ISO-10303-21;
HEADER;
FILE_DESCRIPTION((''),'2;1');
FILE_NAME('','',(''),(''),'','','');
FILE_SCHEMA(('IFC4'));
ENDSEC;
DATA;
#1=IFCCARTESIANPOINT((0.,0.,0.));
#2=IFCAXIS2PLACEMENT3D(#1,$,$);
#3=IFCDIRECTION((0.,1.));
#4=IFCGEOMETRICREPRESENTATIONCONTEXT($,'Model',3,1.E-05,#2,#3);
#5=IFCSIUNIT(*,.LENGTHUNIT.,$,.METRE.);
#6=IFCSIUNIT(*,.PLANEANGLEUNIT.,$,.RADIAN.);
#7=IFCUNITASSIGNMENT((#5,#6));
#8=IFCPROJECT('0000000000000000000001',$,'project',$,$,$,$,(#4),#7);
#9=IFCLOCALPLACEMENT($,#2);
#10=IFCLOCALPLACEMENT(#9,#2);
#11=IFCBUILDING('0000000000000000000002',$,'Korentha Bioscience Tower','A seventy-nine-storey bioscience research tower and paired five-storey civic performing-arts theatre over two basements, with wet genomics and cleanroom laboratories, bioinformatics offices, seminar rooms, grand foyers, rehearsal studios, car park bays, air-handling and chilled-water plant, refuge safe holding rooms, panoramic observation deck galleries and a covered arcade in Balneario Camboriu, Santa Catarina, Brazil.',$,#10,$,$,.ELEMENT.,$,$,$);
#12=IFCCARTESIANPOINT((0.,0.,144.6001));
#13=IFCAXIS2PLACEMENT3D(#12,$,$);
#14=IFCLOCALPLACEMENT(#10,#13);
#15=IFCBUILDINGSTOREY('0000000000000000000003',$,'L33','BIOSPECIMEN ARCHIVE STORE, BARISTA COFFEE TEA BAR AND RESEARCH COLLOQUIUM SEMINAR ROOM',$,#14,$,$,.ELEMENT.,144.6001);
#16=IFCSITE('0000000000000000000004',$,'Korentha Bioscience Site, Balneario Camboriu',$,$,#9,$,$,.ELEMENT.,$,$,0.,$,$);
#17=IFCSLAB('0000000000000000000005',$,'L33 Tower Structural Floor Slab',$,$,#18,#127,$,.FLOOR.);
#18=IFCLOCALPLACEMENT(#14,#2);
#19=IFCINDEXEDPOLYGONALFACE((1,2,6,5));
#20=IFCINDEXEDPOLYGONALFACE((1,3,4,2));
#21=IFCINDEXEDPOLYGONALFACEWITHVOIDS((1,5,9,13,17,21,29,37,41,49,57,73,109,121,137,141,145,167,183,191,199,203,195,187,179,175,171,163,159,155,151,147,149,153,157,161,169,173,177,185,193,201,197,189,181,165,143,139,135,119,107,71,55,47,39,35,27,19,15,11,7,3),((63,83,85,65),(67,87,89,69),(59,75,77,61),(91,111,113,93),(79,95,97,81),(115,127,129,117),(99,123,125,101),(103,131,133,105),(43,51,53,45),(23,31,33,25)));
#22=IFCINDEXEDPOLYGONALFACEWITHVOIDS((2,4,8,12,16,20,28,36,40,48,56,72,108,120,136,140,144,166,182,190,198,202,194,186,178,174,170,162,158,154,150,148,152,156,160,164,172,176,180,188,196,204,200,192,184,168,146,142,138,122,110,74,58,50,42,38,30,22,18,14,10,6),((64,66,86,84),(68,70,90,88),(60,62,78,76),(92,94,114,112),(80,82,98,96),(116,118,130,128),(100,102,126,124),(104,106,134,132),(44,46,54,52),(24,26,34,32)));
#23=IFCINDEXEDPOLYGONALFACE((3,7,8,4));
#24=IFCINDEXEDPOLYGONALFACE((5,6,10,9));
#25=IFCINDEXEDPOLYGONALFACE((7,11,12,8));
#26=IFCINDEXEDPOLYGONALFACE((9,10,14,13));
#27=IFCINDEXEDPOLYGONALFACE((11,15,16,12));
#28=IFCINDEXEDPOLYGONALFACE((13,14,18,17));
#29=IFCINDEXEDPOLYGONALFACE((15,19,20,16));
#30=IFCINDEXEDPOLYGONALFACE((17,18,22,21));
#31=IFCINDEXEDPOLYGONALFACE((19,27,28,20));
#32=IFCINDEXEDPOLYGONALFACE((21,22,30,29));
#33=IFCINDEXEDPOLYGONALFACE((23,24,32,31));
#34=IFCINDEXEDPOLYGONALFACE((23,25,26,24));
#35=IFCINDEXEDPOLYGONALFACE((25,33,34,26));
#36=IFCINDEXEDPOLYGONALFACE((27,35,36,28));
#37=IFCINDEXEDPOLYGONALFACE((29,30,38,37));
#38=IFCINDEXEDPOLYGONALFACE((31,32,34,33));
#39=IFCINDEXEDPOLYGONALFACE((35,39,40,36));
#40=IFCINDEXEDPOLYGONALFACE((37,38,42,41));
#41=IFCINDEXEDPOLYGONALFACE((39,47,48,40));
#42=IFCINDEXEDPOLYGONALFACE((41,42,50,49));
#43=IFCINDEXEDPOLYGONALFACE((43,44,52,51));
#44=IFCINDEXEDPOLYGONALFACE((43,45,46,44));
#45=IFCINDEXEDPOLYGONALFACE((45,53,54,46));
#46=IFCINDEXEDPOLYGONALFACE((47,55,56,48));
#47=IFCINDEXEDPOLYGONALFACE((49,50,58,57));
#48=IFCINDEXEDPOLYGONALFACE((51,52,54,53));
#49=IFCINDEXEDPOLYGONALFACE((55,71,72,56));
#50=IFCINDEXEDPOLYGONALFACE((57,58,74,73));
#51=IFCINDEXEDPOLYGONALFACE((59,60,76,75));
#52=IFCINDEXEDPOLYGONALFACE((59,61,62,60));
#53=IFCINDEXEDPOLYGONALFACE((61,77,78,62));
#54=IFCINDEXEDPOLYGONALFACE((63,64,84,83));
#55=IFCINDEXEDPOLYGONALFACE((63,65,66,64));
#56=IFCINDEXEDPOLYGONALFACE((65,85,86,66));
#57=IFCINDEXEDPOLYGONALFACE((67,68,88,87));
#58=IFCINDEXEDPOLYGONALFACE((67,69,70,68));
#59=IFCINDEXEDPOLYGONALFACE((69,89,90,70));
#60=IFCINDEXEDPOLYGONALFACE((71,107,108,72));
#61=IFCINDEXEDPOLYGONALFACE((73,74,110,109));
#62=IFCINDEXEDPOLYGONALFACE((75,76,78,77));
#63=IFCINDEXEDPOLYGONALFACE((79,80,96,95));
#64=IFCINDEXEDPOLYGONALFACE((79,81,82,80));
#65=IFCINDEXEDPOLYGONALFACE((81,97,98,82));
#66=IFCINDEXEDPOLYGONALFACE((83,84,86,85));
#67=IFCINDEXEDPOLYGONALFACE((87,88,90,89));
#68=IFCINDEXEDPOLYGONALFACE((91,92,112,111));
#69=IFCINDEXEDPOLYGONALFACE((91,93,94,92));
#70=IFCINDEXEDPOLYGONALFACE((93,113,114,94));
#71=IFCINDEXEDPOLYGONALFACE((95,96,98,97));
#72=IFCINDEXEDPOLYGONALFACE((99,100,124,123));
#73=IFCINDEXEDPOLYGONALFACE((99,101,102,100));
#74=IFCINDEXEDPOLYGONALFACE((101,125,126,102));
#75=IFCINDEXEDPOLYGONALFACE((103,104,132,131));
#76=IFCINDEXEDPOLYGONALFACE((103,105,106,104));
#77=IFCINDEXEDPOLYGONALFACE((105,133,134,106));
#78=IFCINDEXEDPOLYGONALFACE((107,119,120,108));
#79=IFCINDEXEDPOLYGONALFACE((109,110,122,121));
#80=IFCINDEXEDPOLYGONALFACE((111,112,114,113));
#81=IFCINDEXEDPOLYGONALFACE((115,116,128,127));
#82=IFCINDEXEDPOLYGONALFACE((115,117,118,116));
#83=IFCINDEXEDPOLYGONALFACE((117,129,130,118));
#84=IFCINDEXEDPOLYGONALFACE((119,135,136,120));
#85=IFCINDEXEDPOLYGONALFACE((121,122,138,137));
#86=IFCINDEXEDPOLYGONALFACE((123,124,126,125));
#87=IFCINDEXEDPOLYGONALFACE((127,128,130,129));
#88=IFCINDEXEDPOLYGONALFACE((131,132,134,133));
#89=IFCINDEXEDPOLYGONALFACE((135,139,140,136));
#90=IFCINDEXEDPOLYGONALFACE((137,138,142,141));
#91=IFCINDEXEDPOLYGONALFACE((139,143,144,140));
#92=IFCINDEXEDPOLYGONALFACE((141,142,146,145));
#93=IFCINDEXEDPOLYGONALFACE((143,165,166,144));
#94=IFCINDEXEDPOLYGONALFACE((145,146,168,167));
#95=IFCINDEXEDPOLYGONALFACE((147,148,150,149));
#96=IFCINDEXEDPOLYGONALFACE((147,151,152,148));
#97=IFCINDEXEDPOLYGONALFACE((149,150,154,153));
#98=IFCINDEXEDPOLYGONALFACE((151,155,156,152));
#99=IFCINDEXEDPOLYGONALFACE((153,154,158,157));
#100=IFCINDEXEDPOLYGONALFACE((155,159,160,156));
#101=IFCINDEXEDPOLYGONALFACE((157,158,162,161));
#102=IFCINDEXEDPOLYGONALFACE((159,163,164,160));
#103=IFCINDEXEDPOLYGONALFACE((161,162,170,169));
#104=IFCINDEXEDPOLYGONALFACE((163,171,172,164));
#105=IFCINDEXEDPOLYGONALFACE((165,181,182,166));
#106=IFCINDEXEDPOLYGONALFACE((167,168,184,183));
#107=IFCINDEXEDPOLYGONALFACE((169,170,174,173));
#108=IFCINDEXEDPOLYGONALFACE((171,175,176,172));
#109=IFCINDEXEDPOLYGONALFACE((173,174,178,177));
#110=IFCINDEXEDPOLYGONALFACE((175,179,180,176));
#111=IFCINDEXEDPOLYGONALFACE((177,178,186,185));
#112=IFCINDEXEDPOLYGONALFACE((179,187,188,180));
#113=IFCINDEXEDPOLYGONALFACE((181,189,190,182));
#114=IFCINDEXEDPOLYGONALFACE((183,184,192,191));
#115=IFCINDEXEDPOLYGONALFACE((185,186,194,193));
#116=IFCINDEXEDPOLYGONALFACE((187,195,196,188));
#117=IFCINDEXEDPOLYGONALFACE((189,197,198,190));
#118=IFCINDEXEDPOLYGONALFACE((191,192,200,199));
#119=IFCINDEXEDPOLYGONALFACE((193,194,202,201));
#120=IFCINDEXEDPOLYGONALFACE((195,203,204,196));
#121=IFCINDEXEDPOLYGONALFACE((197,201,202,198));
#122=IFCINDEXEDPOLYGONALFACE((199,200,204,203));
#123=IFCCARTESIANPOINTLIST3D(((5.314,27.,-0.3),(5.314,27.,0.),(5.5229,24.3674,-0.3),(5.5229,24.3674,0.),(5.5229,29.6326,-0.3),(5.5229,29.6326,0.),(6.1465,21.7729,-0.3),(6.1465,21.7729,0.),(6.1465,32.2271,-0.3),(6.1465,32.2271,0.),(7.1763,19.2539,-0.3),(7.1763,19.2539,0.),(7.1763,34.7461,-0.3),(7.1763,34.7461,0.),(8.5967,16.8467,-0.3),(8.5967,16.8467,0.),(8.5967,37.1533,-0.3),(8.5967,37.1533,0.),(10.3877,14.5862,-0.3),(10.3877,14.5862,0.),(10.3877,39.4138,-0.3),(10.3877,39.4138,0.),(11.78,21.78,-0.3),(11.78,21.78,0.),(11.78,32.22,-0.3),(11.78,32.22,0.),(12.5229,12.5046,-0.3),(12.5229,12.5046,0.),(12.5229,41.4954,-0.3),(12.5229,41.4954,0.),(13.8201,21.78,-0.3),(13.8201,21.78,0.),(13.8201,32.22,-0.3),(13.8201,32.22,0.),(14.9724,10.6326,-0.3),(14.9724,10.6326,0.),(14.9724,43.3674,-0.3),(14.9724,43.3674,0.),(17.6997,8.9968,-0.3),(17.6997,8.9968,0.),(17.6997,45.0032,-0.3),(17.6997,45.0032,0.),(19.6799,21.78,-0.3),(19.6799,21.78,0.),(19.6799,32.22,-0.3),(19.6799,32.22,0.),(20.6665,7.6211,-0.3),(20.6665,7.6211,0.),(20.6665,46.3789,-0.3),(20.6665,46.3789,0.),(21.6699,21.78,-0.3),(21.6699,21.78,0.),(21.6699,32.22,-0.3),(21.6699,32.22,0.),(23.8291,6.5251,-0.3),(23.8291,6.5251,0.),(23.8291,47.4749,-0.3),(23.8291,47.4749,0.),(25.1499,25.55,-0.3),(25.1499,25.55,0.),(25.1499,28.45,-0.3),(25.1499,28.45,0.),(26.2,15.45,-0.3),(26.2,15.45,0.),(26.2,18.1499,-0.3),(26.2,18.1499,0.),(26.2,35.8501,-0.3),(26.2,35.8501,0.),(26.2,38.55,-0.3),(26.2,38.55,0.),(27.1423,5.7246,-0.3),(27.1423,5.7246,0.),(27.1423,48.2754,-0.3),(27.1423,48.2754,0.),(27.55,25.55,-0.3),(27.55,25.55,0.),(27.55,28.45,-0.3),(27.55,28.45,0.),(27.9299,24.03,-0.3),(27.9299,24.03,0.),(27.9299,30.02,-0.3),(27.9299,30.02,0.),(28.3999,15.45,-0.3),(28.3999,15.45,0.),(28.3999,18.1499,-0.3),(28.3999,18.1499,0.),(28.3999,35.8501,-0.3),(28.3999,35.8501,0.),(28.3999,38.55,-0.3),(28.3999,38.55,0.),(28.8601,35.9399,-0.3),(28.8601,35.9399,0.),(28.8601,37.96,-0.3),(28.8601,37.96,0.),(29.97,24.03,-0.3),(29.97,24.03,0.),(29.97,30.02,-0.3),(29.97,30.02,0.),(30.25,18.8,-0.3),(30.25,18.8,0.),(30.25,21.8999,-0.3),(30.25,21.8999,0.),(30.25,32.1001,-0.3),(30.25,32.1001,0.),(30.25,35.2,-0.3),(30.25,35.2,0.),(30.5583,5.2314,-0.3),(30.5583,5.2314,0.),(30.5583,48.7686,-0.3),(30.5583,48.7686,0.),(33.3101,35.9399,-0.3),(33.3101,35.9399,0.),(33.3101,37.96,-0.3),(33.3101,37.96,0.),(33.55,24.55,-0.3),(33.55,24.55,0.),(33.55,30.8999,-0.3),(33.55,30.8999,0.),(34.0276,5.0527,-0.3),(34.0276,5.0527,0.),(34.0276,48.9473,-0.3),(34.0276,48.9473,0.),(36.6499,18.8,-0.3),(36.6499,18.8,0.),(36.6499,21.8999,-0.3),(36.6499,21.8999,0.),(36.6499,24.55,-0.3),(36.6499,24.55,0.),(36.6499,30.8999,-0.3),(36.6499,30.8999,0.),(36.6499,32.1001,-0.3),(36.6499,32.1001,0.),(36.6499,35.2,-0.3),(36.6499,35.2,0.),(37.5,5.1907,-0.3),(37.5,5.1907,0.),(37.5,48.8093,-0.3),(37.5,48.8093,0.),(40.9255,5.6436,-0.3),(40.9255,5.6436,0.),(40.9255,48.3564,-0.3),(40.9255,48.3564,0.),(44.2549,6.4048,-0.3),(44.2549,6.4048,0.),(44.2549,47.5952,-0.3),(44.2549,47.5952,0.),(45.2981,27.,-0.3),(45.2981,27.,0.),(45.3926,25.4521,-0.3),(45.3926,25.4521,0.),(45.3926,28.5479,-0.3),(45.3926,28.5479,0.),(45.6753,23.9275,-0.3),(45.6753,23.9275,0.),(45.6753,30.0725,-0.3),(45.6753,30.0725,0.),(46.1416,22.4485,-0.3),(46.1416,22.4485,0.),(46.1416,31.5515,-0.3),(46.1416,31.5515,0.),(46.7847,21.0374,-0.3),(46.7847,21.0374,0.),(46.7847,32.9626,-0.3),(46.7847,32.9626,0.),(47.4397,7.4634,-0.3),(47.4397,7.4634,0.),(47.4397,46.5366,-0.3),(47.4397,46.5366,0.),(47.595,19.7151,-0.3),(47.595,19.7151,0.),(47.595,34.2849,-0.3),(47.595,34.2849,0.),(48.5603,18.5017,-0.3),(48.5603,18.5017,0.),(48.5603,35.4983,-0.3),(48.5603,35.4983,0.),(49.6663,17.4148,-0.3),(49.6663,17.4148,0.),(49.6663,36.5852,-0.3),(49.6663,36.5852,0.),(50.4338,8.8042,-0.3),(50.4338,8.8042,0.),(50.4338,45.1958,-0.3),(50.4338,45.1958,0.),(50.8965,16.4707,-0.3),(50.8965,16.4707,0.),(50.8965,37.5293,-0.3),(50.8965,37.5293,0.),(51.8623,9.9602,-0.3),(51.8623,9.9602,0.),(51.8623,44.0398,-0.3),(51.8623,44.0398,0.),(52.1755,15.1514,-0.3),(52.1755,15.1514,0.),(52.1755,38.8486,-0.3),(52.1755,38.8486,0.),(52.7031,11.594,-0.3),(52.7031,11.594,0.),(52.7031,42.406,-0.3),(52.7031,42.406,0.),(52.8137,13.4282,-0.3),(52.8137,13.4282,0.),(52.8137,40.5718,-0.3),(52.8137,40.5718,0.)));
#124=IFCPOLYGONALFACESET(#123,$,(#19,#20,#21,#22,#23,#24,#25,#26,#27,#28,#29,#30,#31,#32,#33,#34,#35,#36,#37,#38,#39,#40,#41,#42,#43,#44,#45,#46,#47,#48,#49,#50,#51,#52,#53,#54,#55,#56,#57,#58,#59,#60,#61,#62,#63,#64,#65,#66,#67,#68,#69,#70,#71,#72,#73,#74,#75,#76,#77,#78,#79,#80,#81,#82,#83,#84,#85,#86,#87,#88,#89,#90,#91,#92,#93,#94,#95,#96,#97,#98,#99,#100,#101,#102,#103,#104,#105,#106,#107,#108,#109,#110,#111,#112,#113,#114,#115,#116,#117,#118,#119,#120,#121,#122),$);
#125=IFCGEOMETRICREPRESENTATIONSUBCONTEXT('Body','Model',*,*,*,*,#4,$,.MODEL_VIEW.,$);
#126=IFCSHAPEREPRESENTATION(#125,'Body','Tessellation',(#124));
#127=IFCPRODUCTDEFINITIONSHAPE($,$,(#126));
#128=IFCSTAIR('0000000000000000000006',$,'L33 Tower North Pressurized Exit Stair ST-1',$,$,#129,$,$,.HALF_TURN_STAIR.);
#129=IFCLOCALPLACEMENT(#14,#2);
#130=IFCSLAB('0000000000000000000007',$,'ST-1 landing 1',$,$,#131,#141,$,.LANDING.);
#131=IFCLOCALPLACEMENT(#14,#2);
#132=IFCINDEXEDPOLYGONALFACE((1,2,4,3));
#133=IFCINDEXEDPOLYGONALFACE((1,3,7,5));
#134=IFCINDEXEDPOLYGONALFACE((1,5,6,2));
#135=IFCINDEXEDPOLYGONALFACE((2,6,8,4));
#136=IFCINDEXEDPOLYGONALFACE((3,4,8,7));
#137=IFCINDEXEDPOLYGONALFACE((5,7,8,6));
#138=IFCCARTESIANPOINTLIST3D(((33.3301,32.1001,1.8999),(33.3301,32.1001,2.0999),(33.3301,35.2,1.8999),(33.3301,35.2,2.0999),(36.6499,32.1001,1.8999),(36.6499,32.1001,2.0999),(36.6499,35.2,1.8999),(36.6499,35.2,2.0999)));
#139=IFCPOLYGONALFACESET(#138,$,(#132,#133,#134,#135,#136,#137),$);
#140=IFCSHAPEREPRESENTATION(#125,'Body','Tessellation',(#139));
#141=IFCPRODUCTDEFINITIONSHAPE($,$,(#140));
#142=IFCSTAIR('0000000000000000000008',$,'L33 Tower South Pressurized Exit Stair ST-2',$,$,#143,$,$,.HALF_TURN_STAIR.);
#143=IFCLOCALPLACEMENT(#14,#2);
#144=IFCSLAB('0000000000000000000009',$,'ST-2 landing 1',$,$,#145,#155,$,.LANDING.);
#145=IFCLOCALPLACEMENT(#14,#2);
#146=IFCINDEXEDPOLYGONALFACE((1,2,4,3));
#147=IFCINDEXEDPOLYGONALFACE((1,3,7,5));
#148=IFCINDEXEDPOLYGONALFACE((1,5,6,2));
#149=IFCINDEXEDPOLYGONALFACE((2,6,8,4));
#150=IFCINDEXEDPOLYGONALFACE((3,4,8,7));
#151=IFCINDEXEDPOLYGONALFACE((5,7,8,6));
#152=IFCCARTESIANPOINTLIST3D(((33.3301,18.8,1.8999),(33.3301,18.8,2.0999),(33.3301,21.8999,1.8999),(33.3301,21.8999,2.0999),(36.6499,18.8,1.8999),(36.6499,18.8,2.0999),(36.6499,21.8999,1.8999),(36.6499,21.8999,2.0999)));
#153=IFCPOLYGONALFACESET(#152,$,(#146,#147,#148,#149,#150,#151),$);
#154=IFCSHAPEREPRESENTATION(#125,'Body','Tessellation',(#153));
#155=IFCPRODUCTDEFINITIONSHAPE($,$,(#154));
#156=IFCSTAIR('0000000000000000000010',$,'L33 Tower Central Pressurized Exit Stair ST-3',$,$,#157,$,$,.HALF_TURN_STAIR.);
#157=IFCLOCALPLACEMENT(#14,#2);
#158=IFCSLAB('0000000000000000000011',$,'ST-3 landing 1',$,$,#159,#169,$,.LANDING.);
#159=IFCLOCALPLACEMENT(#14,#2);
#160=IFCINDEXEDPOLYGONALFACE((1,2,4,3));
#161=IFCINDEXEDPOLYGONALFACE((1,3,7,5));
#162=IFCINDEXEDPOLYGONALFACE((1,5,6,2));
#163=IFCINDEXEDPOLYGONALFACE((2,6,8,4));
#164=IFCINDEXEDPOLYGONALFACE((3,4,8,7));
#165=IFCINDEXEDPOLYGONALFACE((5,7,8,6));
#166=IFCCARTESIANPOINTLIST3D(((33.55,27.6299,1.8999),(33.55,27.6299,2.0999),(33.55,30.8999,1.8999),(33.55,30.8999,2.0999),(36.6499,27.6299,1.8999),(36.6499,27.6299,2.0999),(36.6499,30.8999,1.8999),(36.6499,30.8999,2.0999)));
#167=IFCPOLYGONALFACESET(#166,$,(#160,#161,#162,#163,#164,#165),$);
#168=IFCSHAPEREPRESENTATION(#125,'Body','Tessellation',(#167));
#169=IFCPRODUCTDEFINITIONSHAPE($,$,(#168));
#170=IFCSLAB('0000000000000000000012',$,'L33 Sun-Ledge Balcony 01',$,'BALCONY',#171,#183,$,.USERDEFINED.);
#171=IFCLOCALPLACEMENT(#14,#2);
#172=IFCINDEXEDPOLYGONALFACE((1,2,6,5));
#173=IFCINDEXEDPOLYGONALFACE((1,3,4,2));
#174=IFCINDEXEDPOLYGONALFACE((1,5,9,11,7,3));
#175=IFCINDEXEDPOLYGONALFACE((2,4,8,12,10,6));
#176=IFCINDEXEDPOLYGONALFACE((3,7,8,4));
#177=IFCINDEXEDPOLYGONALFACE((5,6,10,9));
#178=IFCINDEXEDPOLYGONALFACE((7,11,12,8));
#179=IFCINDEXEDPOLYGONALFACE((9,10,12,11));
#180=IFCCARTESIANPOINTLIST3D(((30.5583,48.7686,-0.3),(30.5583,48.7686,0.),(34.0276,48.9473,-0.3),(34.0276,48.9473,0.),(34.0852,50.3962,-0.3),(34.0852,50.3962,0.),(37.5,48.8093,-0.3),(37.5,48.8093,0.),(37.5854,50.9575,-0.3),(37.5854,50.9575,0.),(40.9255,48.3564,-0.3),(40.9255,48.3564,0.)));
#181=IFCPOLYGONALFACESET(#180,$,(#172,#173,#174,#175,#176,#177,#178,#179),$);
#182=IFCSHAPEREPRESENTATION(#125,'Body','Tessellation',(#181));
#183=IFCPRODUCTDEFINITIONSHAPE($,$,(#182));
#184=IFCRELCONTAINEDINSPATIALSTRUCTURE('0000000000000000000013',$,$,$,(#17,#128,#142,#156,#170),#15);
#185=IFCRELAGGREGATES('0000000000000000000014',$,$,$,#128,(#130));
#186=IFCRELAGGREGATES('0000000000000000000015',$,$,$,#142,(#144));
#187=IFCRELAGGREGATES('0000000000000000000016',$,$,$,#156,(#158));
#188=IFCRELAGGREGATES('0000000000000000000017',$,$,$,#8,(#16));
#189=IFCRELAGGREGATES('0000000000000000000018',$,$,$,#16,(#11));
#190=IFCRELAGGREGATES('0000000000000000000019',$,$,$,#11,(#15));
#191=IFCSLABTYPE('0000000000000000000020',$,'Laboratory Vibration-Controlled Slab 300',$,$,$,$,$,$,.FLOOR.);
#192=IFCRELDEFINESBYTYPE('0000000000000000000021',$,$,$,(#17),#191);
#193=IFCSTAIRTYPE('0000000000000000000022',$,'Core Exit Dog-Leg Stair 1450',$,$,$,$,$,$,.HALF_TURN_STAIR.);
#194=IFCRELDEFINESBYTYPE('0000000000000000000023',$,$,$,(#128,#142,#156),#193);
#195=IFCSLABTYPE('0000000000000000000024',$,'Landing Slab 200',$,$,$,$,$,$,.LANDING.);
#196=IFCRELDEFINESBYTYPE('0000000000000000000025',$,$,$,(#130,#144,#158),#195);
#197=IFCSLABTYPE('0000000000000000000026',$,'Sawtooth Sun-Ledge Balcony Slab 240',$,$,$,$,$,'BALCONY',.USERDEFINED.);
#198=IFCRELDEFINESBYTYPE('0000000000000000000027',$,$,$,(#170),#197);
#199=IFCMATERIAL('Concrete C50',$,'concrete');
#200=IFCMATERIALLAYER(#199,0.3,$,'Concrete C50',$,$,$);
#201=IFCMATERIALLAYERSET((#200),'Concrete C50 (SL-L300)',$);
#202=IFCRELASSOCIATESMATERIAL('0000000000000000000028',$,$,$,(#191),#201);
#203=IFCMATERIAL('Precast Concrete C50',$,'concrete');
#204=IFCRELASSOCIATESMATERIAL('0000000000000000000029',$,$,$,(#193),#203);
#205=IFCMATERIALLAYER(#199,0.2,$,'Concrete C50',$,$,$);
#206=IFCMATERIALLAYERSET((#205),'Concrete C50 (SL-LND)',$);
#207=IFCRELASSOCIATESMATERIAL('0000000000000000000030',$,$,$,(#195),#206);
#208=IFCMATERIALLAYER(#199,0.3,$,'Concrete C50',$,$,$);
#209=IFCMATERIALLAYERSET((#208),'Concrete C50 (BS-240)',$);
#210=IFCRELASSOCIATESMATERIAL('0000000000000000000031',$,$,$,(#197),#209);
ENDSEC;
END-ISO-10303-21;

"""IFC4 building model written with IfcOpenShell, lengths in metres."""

from ifc_helpers import new_model, si_unit, direction, frame, origin, place, context, subcontext, project, spatial, polyline, outline, extrude, material, layer, layer_set, type_object, element, aggregate, save


model = new_model("IFC4")

# Units and contexts
model_context = context("Model", 3, precision=1e-05, world=origin(), true_north=direction((0.0, 1.0)))
body_context = subcontext(model_context, "Body", "Model", "MODEL_VIEW")
ifc_project = project(units=[si_unit("LENGTHUNIT", "METRE"), si_unit("PLANEANGLEUNIT", "RADIAN")], contexts=[model_context])

# Site, building, storey
site_placement = place(None, origin())
site = spatial("IfcSite", under=ifc_project, at=site_placement, Name="Korentha Bioscience Site, Balneario Camboriu", CompositionType="ELEMENT", RefElevation=0.0)
building_placement = place(site_placement, origin())
building = spatial("IfcBuilding", under=site, at=building_placement, Name="Korentha Bioscience Tower", Description="A seventy-nine-storey bioscience research tower and paired five-storey civic performing-arts theatre over two basements, with wet genomics and cleanroom laboratories, bioinformatics offices, seminar rooms, grand foyers, rehearsal studios, car park bays, air-handling and chilled-water plant, refuge safe holding rooms, panoramic observation deck galleries and a covered arcade in Balneario Camboriu, Santa Catarina, Brazil.", CompositionType="ELEMENT")
storey_placement = place(building_placement, frame((0.0, 0.0, 144.6001)))
storey = spatial("IfcBuildingStorey", under=building, at=storey_placement, Name="L33", Description="BIOSPECIMEN ARCHIVE STORE, BARISTA COFFEE TEA BAR AND RESEARCH COLLOQUIUM SEMINAR ROOM", CompositionType="ELEMENT", Elevation=144.6001)

# Slab
ifc_material_1 = material(Name="Concrete C50", Category="concrete")
ifc_layer_1 = layer(ifc_material_1, 0.3, Name="Concrete C50")
ifc_layer_set_1 = layer_set([ifc_layer_1], Name="Concrete C50 (SL-L300)")
slab_type_1 = type_object("IfcSlabType", Name="Laboratory Vibration-Controlled Slab 300", PredefinedType="FLOOR", material=ifc_layer_set_1)
slab_1_placement = place(storey_placement, frame((0.0, 0.0, -0.3)))
element("IfcSlab", 1, at=slab_1_placement, inside=storey, type_object=slab_type_1, Name="L33 Tower Structural Floor Slab", PredefinedType="FLOOR", context=body_context, shape_type="SweptSolid", body=[
    extrude(outline(polyline([(50.4338, 45.1958), (47.4397, 46.5366), (44.2549, 47.5952), (40.9255, 48.3564), (37.5, 48.8093), (34.0276, 48.9473), (30.5583, 48.7686), (27.1423, 48.2754), (23.8291, 47.4749), (20.6665, 46.3789), (17.6997, 45.0032), (14.9724, 43.3674), (12.5229, 41.4954), (10.3877, 39.4138), (8.5967, 37.1533), (7.1763, 34.7461), (6.1465, 32.2271), (5.5229, 29.6326), (5.314, 27.0), (5.5229, 24.3674), (6.1465, 21.7729), (7.1763, 19.2539), (8.5967, 16.8467), (10.3877, 14.5862), (12.5229, 12.5046), (14.9724, 10.6326), (17.6997, 8.9968), (20.6665, 7.6211), (23.8291, 6.5251), (27.1423, 5.7246), (30.5583, 5.2314), (34.0276, 5.0527), (37.5, 5.1907), (40.9255, 5.6436), (44.2549, 6.4048), (47.4397, 7.4634), (50.4338, 8.8042), (51.8623, 9.9602), (52.7031, 11.594), (52.8137, 13.4282), (52.1755, 15.1514), (50.8965, 16.4707), (49.6663, 17.4148), (48.5603, 18.5017), (47.595, 19.7151), (46.7847, 21.0374), (46.1416, 22.4485), (45.6753, 23.9275), (45.3926, 25.4521), (45.2981, 27.0), (45.3926, 28.5479), (45.6753, 30.0725), (46.1416, 31.5515), (46.7847, 32.9626), (47.595, 34.2849), (48.5603, 35.4983), (49.6663, 36.5852), (50.8965, 37.5293), (52.1755, 38.8486), (52.8137, 40.5718), (52.7031, 42.406), (51.8623, 44.0398), (50.4338, 45.1958)]), holes=[polyline([(30.25, 32.1001), (36.6499, 32.1001), (36.6499, 35.2), (30.25, 35.2), (30.25, 32.1001)]), polyline([(30.25, 18.8), (36.6499, 18.8), (36.6499, 21.8999), (30.25, 21.8999), (30.25, 18.8)]), polyline([(36.6499, 24.55), (36.6499, 30.8999), (33.55, 30.8999), (33.55, 24.55), (36.6499, 24.55)]), polyline([(11.78, 21.78), (13.8201, 21.78), (13.8201, 32.22), (11.78, 32.22), (11.78, 21.78)]), polyline([(19.6799, 21.78), (21.6699, 21.78), (21.6699, 32.22), (19.6799, 32.22), (19.6799, 21.78)]), polyline([(27.9299, 24.03), (29.97, 24.03), (29.97, 30.02), (27.9299, 30.02), (27.9299, 24.03)]), polyline([(28.8601, 35.9399), (33.3101, 35.9399), (33.3101, 37.96), (28.8601, 37.96), (28.8601, 35.9399)]), polyline([(26.2, 15.45), (28.3999, 15.45), (28.3999, 18.1499), (26.2, 18.1499), (26.2, 15.45)]), polyline([(26.2, 35.8501), (28.3999, 35.8501), (28.3999, 38.55), (26.2, 38.55), (26.2, 35.8501)]), polyline([(25.1499, 25.55), (27.55, 25.55), (27.55, 28.45), (25.1499, 28.45), (25.1499, 25.55)])]), origin(), (0.0, 0.0, 1.0), 0.3),
])

# Stairs, slabs
ifc_material_2 = material(Name="Precast Concrete C50", Category="concrete")
stair_type = type_object("IfcStairType", Name="Core Exit Dog-Leg Stair 1450", PredefinedType="HALF_TURN_STAIR", material=ifc_material_2)
stair_1_placement = place(storey_placement, origin())
stair_1 = element("IfcStair", 2, at=stair_1_placement, inside=storey, type_object=stair_type, Name="L33 Tower North Pressurized Exit Stair ST-1", PredefinedType="HALF_TURN_STAIR")
ifc_layer_2 = layer(ifc_material_1, 0.2, Name="Concrete C50")
ifc_layer_set_2 = layer_set([ifc_layer_2], Name="Concrete C50 (SL-LND)")
slab_type_2 = type_object("IfcSlabType", Name="Landing Slab 200", PredefinedType="LANDING", material=ifc_layer_set_2)
slab_2_placement = place(storey_placement, frame((0.0, 0.0, 1.8999)))
slab_2 = element("IfcSlab", 3, at=slab_2_placement, type_object=slab_type_2, Name="ST-1 landing 1", PredefinedType="LANDING", context=body_context, shape_type="SweptSolid", body=[
    extrude(outline(polyline([(33.3301, 32.1001), (36.6499, 32.1001), (36.6499, 35.2), (33.3301, 35.2), (33.3301, 32.1001)])), origin(), (0.0, 0.0, 1.0), 0.2),
])
aggregate(stair_1, [slab_2])
stair_2_placement = place(storey_placement, origin())
stair_2 = element("IfcStair", 4, at=stair_2_placement, inside=storey, type_object=stair_type, Name="L33 Tower South Pressurized Exit Stair ST-2", PredefinedType="HALF_TURN_STAIR")
slab_3_placement = place(storey_placement, frame((0.0, 0.0, 1.8999)))
slab_3 = element("IfcSlab", 5, at=slab_3_placement, type_object=slab_type_2, Name="ST-2 landing 1", PredefinedType="LANDING", context=body_context, shape_type="SweptSolid", body=[
    extrude(outline(polyline([(33.3301, 18.8), (36.6499, 18.8), (36.6499, 21.8999), (33.3301, 21.8999), (33.3301, 18.8)])), origin(), (0.0, 0.0, 1.0), 0.2),
])
aggregate(stair_2, [slab_3])
stair_3_placement = place(storey_placement, origin())
stair_3 = element("IfcStair", 6, at=stair_3_placement, inside=storey, type_object=stair_type, Name="L33 Tower Central Pressurized Exit Stair ST-3", PredefinedType="HALF_TURN_STAIR")
slab_4_placement = place(storey_placement, frame((0.0, 0.0, 1.8999)))
slab_4 = element("IfcSlab", 7, at=slab_4_placement, type_object=slab_type_2, Name="ST-3 landing 1", PredefinedType="LANDING", context=body_context, shape_type="SweptSolid", body=[
    extrude(outline(polyline([(36.6499, 27.6299), (36.6499, 30.8999), (33.55, 30.8999), (33.55, 27.6299), (36.6499, 27.6299)])), origin(), (0.0, 0.0, 1.0), 0.2),
])
aggregate(stair_3, [slab_4])

# Slab
ifc_layer_3 = layer(ifc_material_1, 0.3, Name="Concrete C50")
ifc_layer_set_3 = layer_set([ifc_layer_3], Name="Concrete C50 (BS-240)")
slab_type_3 = type_object("IfcSlabType", Name="Sawtooth Sun-Ledge Balcony Slab 240", ElementType="BALCONY", PredefinedType="USERDEFINED", material=ifc_layer_set_3)
slab_5_placement = place(storey_placement, frame((0.0, 0.0, -0.3)))
element("IfcSlab", 8, at=slab_5_placement, inside=storey, type_object=slab_type_3, Name="L33 Sun-Ledge Balcony 01", ObjectType="BALCONY", PredefinedType="USERDEFINED", context=body_context, shape_type="SweptSolid", body=[
    extrude(outline(polyline([(30.5583, 48.7686), (34.0276, 48.9473), (37.5, 48.8093), (40.9255, 48.3564), (37.5854, 50.9575), (34.0852, 50.3962), (30.5583, 48.7686)])), origin(), (0.0, 0.0, 1.0), 0.3),
])

save(model, "model.ifc")
